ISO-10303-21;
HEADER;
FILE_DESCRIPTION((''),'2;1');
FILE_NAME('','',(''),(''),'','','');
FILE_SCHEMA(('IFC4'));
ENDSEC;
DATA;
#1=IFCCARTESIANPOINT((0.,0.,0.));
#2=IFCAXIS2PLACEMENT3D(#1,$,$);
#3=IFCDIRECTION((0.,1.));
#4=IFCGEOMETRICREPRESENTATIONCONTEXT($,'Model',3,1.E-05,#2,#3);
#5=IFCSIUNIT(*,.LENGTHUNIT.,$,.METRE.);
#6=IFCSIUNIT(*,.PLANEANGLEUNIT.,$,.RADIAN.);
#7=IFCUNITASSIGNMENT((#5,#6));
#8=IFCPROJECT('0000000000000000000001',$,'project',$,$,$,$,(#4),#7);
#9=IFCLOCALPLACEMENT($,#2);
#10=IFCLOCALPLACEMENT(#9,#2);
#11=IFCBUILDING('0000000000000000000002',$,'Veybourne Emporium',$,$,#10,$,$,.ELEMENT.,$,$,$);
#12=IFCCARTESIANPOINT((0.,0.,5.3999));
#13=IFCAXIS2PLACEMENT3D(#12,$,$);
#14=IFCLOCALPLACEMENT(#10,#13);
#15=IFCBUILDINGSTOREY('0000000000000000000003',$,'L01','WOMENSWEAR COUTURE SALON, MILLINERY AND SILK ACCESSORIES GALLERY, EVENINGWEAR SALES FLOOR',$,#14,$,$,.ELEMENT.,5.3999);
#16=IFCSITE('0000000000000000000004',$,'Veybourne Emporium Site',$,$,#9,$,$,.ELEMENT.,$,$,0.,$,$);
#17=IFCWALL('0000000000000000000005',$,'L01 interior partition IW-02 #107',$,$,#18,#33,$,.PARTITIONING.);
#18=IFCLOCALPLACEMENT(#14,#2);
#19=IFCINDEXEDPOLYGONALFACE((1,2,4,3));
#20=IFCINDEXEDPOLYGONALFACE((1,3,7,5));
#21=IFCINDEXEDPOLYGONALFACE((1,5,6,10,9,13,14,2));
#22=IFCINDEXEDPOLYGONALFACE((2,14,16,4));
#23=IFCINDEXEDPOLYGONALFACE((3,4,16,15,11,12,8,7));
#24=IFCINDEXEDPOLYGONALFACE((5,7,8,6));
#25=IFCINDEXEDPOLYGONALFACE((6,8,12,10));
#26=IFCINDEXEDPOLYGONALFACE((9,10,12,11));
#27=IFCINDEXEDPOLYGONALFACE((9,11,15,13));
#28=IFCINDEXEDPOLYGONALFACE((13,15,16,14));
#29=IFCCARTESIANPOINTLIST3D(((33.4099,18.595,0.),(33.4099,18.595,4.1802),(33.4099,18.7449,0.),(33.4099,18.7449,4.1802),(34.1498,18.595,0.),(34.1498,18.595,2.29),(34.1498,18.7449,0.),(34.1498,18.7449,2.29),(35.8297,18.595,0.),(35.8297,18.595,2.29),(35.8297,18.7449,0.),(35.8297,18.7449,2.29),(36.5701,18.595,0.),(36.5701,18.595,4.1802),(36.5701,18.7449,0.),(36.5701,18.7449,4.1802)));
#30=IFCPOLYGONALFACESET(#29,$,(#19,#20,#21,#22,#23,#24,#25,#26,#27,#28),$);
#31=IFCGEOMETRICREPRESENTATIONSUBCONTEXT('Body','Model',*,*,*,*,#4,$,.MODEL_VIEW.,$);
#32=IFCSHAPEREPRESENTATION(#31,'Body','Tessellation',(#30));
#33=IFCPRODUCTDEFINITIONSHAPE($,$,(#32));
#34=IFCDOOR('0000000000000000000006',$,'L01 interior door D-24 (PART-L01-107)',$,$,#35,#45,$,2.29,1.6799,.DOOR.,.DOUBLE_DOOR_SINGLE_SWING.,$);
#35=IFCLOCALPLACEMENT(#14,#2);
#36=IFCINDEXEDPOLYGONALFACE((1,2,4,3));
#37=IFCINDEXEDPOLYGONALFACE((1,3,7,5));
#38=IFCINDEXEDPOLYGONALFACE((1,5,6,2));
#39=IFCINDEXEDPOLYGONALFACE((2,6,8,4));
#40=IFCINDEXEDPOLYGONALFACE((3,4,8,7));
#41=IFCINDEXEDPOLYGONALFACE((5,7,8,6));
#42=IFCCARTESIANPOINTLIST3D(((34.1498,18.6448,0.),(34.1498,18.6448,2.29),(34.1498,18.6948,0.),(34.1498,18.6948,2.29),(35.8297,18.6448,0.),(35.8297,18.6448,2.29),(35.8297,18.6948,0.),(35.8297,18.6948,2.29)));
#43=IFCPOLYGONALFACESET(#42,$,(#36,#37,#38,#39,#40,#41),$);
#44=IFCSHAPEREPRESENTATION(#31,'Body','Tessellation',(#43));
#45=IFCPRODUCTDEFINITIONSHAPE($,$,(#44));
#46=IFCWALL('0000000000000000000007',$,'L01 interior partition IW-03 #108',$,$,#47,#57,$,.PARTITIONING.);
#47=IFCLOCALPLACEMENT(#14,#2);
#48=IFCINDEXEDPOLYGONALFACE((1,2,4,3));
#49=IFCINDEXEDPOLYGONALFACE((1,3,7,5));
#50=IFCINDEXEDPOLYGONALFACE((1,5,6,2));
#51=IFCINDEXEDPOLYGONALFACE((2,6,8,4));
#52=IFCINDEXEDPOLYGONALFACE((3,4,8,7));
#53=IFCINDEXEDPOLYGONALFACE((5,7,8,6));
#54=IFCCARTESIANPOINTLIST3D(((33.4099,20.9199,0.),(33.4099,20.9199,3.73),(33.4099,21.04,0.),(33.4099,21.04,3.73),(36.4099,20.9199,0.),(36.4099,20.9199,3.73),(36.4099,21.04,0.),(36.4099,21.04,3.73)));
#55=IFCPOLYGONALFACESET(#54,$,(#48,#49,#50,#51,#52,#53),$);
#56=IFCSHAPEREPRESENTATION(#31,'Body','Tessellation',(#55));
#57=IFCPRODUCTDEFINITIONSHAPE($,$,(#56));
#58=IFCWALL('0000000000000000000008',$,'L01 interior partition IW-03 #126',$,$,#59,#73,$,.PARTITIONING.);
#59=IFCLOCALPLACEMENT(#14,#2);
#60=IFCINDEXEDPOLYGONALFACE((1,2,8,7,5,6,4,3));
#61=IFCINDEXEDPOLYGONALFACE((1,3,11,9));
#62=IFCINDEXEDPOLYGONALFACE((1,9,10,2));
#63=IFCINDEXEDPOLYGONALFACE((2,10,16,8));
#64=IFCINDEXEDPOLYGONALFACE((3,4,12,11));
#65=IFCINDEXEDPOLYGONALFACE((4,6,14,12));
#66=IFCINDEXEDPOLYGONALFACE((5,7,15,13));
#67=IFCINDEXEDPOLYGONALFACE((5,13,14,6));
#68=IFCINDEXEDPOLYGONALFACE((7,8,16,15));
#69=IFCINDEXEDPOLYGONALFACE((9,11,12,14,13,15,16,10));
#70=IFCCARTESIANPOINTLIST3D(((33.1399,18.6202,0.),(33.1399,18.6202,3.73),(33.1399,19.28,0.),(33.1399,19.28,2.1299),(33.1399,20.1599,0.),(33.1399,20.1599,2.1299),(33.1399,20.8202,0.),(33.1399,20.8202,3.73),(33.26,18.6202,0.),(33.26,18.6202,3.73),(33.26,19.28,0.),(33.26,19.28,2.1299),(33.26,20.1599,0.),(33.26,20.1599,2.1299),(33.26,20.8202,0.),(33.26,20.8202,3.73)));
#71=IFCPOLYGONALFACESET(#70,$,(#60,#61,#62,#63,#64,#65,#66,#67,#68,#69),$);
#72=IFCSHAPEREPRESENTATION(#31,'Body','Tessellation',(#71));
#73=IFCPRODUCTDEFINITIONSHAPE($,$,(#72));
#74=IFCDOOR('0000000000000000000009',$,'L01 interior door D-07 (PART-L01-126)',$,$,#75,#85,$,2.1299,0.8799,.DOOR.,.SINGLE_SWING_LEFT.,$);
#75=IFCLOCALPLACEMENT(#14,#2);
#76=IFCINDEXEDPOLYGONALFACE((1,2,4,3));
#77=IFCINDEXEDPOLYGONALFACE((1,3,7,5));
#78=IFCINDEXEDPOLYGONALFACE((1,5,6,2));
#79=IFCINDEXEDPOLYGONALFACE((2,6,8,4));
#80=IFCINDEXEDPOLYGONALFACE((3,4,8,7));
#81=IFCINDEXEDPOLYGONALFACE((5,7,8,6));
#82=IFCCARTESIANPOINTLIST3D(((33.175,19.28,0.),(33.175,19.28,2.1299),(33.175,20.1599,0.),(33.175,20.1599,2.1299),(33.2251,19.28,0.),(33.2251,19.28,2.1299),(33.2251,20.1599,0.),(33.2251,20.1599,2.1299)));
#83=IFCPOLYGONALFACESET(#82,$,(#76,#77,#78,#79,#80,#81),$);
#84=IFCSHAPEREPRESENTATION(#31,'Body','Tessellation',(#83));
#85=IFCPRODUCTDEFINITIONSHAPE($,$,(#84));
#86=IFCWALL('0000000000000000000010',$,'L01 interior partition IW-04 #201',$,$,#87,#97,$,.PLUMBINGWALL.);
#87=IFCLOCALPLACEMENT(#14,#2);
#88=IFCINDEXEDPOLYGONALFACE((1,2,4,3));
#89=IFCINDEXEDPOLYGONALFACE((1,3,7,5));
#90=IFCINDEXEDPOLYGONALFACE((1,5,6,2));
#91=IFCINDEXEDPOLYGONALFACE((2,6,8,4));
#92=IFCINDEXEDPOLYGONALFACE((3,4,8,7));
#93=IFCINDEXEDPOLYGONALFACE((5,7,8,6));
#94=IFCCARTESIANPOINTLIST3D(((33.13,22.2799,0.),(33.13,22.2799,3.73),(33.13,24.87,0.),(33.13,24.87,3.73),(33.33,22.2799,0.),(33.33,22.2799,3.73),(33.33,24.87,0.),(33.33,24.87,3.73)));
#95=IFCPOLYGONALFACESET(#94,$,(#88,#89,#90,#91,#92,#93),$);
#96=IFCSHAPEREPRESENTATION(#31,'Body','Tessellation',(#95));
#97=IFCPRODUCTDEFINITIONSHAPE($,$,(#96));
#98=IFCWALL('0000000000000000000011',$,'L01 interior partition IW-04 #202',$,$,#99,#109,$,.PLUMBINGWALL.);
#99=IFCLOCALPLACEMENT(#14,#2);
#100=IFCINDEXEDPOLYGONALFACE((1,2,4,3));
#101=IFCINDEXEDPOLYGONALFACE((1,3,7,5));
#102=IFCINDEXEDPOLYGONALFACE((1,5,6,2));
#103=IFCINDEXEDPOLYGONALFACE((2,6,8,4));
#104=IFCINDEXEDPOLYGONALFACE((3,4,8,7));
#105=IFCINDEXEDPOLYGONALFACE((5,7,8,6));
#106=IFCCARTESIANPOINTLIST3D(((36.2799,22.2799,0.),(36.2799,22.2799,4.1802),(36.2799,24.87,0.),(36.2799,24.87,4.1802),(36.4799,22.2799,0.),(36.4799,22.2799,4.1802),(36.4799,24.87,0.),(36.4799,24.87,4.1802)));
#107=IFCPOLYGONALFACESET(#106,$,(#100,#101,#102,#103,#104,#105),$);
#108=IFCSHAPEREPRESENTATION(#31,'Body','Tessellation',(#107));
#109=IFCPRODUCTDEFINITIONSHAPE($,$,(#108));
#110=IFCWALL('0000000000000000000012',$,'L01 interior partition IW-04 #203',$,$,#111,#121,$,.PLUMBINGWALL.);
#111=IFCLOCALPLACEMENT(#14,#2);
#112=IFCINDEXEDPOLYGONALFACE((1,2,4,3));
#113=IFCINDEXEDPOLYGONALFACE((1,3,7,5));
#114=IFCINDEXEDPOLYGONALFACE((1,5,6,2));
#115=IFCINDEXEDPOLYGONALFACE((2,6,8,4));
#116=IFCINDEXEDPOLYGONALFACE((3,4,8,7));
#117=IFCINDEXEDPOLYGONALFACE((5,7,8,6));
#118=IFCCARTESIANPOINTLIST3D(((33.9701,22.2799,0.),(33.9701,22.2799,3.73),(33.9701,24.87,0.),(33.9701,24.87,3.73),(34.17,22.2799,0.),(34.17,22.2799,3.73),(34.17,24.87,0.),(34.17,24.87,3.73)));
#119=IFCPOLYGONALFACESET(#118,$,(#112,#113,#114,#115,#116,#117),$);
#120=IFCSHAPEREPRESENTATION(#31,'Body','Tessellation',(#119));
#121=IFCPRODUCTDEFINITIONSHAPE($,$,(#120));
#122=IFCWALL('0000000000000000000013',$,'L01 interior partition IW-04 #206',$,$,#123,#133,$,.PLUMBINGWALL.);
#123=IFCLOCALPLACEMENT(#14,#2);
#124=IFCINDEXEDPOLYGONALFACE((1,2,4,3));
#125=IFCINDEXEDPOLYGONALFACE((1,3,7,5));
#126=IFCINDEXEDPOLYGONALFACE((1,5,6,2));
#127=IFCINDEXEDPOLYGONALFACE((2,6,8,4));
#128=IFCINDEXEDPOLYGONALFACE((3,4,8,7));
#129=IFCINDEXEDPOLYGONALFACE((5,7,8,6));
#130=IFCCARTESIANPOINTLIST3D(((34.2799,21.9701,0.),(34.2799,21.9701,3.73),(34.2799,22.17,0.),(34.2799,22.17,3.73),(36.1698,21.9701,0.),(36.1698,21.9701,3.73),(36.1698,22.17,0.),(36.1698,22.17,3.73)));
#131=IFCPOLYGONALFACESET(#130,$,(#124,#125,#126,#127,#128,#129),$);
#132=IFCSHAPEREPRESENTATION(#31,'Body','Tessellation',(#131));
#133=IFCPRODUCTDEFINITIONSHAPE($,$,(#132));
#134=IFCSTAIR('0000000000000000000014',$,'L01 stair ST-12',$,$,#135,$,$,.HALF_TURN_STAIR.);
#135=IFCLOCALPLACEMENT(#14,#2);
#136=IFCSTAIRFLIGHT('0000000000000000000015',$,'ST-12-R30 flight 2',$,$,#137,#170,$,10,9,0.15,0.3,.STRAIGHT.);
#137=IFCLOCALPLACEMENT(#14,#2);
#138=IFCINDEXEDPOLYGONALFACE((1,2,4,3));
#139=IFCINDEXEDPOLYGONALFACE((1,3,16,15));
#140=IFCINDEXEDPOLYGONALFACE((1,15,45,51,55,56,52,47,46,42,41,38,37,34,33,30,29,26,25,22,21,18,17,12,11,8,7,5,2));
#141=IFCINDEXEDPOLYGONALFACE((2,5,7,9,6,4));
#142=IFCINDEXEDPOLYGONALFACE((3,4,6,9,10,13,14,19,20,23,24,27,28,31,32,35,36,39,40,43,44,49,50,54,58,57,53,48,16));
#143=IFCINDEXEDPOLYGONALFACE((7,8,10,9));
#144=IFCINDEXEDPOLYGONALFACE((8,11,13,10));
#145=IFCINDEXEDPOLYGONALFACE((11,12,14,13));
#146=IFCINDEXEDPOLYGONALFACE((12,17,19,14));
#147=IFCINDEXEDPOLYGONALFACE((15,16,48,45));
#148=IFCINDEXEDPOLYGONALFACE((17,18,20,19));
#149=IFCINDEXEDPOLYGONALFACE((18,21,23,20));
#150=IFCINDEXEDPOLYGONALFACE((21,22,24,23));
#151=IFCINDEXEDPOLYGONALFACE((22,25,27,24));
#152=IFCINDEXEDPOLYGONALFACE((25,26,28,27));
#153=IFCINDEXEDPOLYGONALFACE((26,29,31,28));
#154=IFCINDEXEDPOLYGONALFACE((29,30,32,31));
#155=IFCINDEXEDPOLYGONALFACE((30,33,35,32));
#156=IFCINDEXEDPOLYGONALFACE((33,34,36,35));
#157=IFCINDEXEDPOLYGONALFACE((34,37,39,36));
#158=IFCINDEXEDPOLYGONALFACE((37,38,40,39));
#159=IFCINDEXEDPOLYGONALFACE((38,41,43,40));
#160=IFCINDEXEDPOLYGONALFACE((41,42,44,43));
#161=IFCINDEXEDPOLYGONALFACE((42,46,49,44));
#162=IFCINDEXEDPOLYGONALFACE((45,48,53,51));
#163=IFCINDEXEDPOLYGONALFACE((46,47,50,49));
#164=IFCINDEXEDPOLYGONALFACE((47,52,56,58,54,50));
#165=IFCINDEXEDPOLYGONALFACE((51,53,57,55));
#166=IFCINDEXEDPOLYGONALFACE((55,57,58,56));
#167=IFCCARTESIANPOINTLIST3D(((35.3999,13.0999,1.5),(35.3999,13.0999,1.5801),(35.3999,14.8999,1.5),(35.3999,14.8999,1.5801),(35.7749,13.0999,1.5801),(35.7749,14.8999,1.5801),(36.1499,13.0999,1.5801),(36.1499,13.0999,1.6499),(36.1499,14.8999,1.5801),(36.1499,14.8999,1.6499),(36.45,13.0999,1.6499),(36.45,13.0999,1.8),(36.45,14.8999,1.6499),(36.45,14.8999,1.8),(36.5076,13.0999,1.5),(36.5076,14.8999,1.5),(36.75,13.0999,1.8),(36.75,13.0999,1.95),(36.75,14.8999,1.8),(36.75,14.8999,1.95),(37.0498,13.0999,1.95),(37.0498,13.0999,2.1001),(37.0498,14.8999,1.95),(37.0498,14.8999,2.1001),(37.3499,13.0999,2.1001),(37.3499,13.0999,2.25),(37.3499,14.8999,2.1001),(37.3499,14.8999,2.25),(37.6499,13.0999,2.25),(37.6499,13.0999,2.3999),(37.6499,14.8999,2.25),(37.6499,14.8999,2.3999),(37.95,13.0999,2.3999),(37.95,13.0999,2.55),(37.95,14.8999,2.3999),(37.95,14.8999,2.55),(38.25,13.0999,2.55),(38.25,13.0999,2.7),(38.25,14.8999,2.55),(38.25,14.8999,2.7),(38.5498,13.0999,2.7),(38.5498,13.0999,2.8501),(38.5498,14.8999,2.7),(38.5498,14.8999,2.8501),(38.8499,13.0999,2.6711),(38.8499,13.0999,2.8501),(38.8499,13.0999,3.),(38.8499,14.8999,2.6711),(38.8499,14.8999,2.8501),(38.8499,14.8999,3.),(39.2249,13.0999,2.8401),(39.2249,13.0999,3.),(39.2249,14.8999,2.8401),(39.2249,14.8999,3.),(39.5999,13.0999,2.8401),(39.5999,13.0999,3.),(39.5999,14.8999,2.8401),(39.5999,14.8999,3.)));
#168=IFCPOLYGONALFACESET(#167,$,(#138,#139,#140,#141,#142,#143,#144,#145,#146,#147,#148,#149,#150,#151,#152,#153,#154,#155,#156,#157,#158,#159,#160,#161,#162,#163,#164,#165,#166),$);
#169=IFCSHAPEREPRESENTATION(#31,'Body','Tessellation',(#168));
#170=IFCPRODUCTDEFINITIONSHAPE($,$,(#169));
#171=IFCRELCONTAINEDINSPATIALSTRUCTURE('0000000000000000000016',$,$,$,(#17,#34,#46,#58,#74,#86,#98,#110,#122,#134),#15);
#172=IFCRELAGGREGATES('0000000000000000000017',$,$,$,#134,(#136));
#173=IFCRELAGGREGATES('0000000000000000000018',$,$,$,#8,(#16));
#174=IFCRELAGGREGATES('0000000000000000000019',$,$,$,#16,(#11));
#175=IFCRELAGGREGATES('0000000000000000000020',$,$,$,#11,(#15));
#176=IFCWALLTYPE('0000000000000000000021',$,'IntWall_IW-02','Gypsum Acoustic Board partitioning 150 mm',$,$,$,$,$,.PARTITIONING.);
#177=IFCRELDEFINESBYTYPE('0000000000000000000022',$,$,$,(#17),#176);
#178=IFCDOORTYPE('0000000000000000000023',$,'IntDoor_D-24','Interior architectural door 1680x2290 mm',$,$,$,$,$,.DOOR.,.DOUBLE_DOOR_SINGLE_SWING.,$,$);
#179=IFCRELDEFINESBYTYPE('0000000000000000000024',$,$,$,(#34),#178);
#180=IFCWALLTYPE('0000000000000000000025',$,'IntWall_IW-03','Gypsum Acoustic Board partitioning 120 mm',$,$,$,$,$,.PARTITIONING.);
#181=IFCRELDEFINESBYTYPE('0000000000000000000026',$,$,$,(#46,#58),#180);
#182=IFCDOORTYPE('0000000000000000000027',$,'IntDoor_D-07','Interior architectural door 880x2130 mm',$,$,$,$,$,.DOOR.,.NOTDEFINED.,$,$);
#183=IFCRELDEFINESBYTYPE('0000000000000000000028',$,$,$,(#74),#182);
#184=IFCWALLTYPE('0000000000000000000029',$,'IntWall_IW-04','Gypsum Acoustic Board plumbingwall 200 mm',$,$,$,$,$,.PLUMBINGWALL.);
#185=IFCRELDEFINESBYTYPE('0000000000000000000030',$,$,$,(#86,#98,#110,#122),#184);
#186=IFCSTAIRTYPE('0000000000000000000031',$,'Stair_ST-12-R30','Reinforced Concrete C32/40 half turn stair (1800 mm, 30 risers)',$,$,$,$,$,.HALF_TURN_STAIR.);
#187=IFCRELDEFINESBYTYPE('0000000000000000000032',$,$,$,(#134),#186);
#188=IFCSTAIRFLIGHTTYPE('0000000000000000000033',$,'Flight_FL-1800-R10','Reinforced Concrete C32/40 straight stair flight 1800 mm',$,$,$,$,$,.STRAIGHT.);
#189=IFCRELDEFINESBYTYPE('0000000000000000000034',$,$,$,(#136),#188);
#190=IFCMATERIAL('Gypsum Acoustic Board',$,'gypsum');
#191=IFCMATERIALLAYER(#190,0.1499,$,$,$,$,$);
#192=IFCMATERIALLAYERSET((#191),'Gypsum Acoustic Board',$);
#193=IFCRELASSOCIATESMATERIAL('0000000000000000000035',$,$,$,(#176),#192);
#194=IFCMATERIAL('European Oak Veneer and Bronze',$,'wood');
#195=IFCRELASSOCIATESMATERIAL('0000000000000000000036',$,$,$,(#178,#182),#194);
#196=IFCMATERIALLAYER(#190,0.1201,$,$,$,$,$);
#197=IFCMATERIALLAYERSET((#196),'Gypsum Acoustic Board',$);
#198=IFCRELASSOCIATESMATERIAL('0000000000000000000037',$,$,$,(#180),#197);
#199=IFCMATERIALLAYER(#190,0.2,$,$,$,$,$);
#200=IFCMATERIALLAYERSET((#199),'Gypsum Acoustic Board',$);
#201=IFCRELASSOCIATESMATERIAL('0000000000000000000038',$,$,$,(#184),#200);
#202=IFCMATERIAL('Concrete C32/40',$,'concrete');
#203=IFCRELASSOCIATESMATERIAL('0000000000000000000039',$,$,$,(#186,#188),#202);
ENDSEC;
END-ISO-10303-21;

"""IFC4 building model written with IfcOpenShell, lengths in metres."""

from ifc_helpers import new_model, si_unit, direction, frame, frame_2d, origin, place, context, subcontext, project, spatial, polyline, rectangle, outline, extrude, material, layer, layer_set, type_object, element, fill, aggregate, save


model = new_model("IFC4")

# Units and contexts
model_context = context("Model", 3, precision=1e-05, world=origin(), true_north=direction((0.0, 1.0)))
body_context = subcontext(model_context, "Body", "Model", "MODEL_VIEW")
ifc_project = project(units=[si_unit("LENGTHUNIT", "METRE"), si_unit("PLANEANGLEUNIT", "RADIAN")], contexts=[model_context])

# Site, building, storey
site_placement = place(None, origin())
site = spatial("IfcSite", under=ifc_project, at=site_placement, Name="Veybourne Emporium Site", CompositionType="ELEMENT", RefElevation=0.0)
building_placement = place(site_placement, origin())
building = spatial("IfcBuilding", under=site, at=building_placement, Name="Veybourne Emporium", CompositionType="ELEMENT")
storey_placement = place(building_placement, frame((0.0, 0.0, 5.3999)))
storey = spatial("IfcBuildingStorey", under=building, at=storey_placement, Name="L01", Description="WOMENSWEAR COUTURE SALON, MILLINERY AND SILK ACCESSORIES GALLERY, EVENINGWEAR SALES FLOOR", CompositionType="ELEMENT", Elevation=5.3999)

# Shared definitions
ifc_material_1 = material(Name="Concrete C32/40", Category="concrete")

# Shared definitions
ifc_material_2 = material(Name="Gypsum Acoustic Board", Category="gypsum")

# Wall, opening, door
ifc_layer_1 = layer(ifc_material_2, 0.1499)
ifc_layer_set_1 = layer_set([ifc_layer_1], Name="Gypsum Acoustic Board")
wall_type_1 = type_object("IfcWallType", Name="IntWall_IW-02", Description="Gypsum Acoustic Board partitioning 150 mm", PredefinedType="PARTITIONING", material=ifc_layer_set_1)
ifc_material_3 = material(Name="European Oak Veneer and Bronze", Category="wood")
wall_1_placement = place(storey_placement, frame((33.4099, 18.6699, 0.0), z_axis=(0.0, 0.0, 1.0), x_axis=(1.0, 0.0, 0.0)))
wall_1 = element("IfcWall", 1, at=wall_1_placement, inside=storey, type_object=wall_type_1, Name="L01 interior partition IW-02 #107", PredefinedType="PARTITIONING", context=body_context, shape_type="SweptSolid", body=[
    extrude(rectangle(XDim=3.1602, YDim=0.1499, at=frame_2d((1.5801, 0.0))), origin(), (0.0, 0.0, 1.0), 4.1802),
])
opening_1_placement = place(wall_1_placement, frame((0.74, 0.0, 0.0)))
opening_1 = element("IfcOpeningElement", 2, at=opening_1_placement, cuts=wall_1, PredefinedType="OPENING", context=body_context, shape_type="SweptSolid", body=[
    extrude(rectangle(XDim=1.6799, YDim=2.29, at=frame_2d((0.8398, 1.145))), frame((0.0, 0.095, 0.0), z_axis=(0.0, -1.0, 0.0), x_axis=(1.0, 0.0, 0.0)), (0.0, 0.0, 1.0), 0.1899),
])
door_type_1 = type_object("IfcDoorType", Name="IntDoor_D-24", Description="Interior architectural door 1680x2290 mm", OperationType="DOUBLE_DOOR_SINGLE_SWING", PredefinedType="DOOR", material=ifc_material_3)
door_1_placement = place(opening_1_placement, origin())
door_1 = element("IfcDoor", 3, at=door_1_placement, inside=storey, type_object=door_type_1, Name="L01 interior door D-24 (PART-L01-107)", OperationType="DOUBLE_DOOR_SINGLE_SWING", OverallHeight=2.29, OverallWidth=1.6799, PredefinedType="DOOR", context=body_context, shape_type="SweptSolid", body=[
    extrude(rectangle(XDim=1.6799, YDim=2.29, at=frame_2d((0.8398, 1.145))), frame((0.0, 0.0249, 0.0), z_axis=(0.0, -1.0, 0.0), x_axis=(1.0, 0.0, 0.0)), (0.0, 0.0, 1.0), 0.05),
])
fill(opening_1, door_1)

# Wall
ifc_layer_2 = layer(ifc_material_2, 0.1201)
ifc_layer_set_2 = layer_set([ifc_layer_2], Name="Gypsum Acoustic Board")
wall_type_2 = type_object("IfcWallType", Name="IntWall_IW-03", Description="Gypsum Acoustic Board partitioning 120 mm", PredefinedType="PARTITIONING", material=ifc_layer_set_2)
wall_2_placement = place(storey_placement, frame((33.4099, 20.98, 0.0), z_axis=(0.0, 0.0, 1.0), x_axis=(1.0, 0.0, 0.0)))
element("IfcWall", 4, at=wall_2_placement, inside=storey, type_object=wall_type_2, Name="L01 interior partition IW-03 #108", PredefinedType="PARTITIONING", context=body_context, shape_type="SweptSolid", body=[
    extrude(rectangle(XDim=3.0, YDim=0.1201, at=frame_2d((1.5, 0.0))), origin(), (0.0, 0.0, 1.0), 3.73),
])

# Wall, opening, door
wall_3_placement = place(storey_placement, frame((33.2, 18.6201, 0.0), z_axis=(0.0, 0.0, 1.0), x_axis=(0.0, 1.0, 0.0)))
wall_3 = element("IfcWall", 5, at=wall_3_placement, inside=storey, type_object=wall_type_2, Name="L01 interior partition IW-03 #126", PredefinedType="PARTITIONING", context=body_context, shape_type="SweptSolid", body=[
    extrude(rectangle(XDim=2.2, YDim=0.1201, at=frame_2d((1.1001, 0.0))), origin(), (0.0, 0.0, 1.0), 3.73),
])
opening_2_placement = place(wall_3_placement, frame((0.6599, 0.0, 0.0)))
opening_2 = element("IfcOpeningElement", 6, at=opening_2_placement, cuts=wall_3, PredefinedType="OPENING", context=body_context, shape_type="SweptSolid", body=[
    extrude(rectangle(XDim=0.8799, YDim=2.1299, at=frame_2d((0.4399, 1.0649))), frame((0.0, 0.0801, 0.0), z_axis=(0.0, -1.0, 0.0), x_axis=(1.0, 0.0, 0.0)), (0.0, 0.0, 1.0), 0.1602),
])
door_type_2 = type_object("IfcDoorType", Name="IntDoor_D-07", Description="Interior architectural door 880x2130 mm", OperationType="NOTDEFINED", PredefinedType="DOOR", material=ifc_material_3)
door_2_placement = place(opening_2_placement, origin())
door_2 = element("IfcDoor", 7, at=door_2_placement, inside=storey, type_object=door_type_2, Name="L01 interior door D-07 (PART-L01-126)", OperationType="SINGLE_SWING_LEFT", OverallHeight=2.1299, OverallWidth=0.8799, PredefinedType="DOOR", context=body_context, shape_type="SweptSolid", body=[
    extrude(rectangle(XDim=0.8799, YDim=2.1299, at=frame_2d((0.4399, 1.0649))), frame((0.0, 0.0249, 0.0), z_axis=(0.0, -1.0, 0.0), x_axis=(1.0, 0.0, 0.0)), (0.0, 0.0, 1.0), 0.05),
])
fill(opening_2, door_2)

# Walls
ifc_layer_3 = layer(ifc_material_2, 0.2)
ifc_layer_set_3 = layer_set([ifc_layer_3], Name="Gypsum Acoustic Board")
wall_type_3 = type_object("IfcWallType", Name="IntWall_IW-04", Description="Gypsum Acoustic Board plumbingwall 200 mm", PredefinedType="PLUMBINGWALL", material=ifc_layer_set_3)
wall_4_placement = place(storey_placement, frame((33.23, 22.28, 0.0), z_axis=(0.0, 0.0, 1.0), x_axis=(0.0, 1.0, 0.0)))
element("IfcWall", 8, at=wall_4_placement, inside=storey, type_object=wall_type_3, Name="L01 interior partition IW-04 #201", PredefinedType="PLUMBINGWALL", context=body_context, shape_type="SweptSolid", body=[
    extrude(rectangle(XDim=2.5901, YDim=0.2, at=frame_2d((1.2949, 0.0))), origin(), (0.0, 0.0, 1.0), 3.73),
])
wall_5_placement = place(storey_placement, frame((36.3799, 22.28, 0.0), z_axis=(0.0, 0.0, 1.0), x_axis=(0.0, 1.0, 0.0)))
element("IfcWall", 9, at=wall_5_placement, inside=storey, type_object=wall_type_3, Name="L01 interior partition IW-04 #202", PredefinedType="PLUMBINGWALL", context=body_context, shape_type="SweptSolid", body=[
    extrude(rectangle(XDim=2.5901, YDim=0.2, at=frame_2d((1.2949, 0.0))), origin(), (0.0, 0.0, 1.0), 4.1802),
])
wall_6_placement = place(storey_placement, frame((34.0701, 22.28, 0.0), z_axis=(0.0, 0.0, 1.0), x_axis=(0.0, 1.0, 0.0)))
element("IfcWall", 10, at=wall_6_placement, inside=storey, type_object=wall_type_3, Name="L01 interior partition IW-04 #203", PredefinedType="PLUMBINGWALL", context=body_context, shape_type="SweptSolid", body=[
    extrude(rectangle(XDim=2.5901, YDim=0.2, at=frame_2d((1.2949, 0.0))), origin(), (0.0, 0.0, 1.0), 3.73),
])
wall_7_placement = place(storey_placement, frame((34.28, 22.0701, 0.0), z_axis=(0.0, 0.0, 1.0), x_axis=(1.0, 0.0, 0.0)))
element("IfcWall", 11, at=wall_7_placement, inside=storey, type_object=wall_type_3, Name="L01 interior partition IW-04 #206", PredefinedType="PLUMBINGWALL", context=body_context, shape_type="SweptSolid", body=[
    extrude(rectangle(XDim=1.8899, YDim=0.2, at=frame_2d((0.9448, 0.0))), origin(), (0.0, 0.0, 1.0), 3.73),
])

# Stair, stair flight
stair_type = type_object("IfcStairType", Name="Stair_ST-12-R30", Description="Reinforced Concrete C32/40 half turn stair (1800 mm, 30 risers)", PredefinedType="HALF_TURN_STAIR", material=ifc_material_1)
stair_placement = place(storey_placement, origin())
stair = element("IfcStair", 12, at=stair_placement, inside=storey, type_object=stair_type, Name="L01 stair ST-12", PredefinedType="HALF_TURN_STAIR")
stair_flight_type = type_object("IfcStairFlightType", Name="Flight_FL-1800-R10", Description="Reinforced Concrete C32/40 straight stair flight 1800 mm", PredefinedType="STRAIGHT", material=ifc_material_1)
stair_flight_placement = place(storey_placement, frame((36.1499, 14.0, 1.5), z_axis=(0.0, 0.0, 1.0), x_axis=(1.0, 0.0, 0.0)))
stair_flight = element("IfcStairFlight", 13, at=stair_flight_placement, type_object=stair_flight_type, Name="ST-12-R30 flight 2", NumberOfRisers=10, NumberOfTreads=9, PredefinedType="STRAIGHT", RiserHeight=0.15, TreadLength=0.3, context=body_context, shape_type="SweptSolid", body=[
    extrude(outline(polyline([(-0.75, 0.0), (-0.75, 0.0801), (-0.375, 0.0801), (0.0, 0.0801), (0.0, 0.1499), (0.3, 0.1499), (0.3, 0.3), (0.6001, 0.3), (0.6001, 0.45), (0.8999, 0.45), (0.8999, 0.6001), (1.2, 0.6001), (1.2, 0.75), (1.5, 0.75), (1.5, 0.8999), (1.8, 0.8999), (1.8, 1.05), (2.1001, 1.05), (2.1001, 1.2), (2.3999, 1.2), (2.3999, 1.3501), (2.7, 1.3501), (2.7, 1.5), (3.075, 1.5), (3.45, 1.5), (3.45, 1.3401), (3.075, 1.3401), (2.7, 1.1711), (0.3577, 0.0), (-0.75, 0.0)])), frame((0.0, 0.8999, 0.0), z_axis=(0.0, -1.0, 0.0), x_axis=(1.0, 0.0, 0.0)), (0.0, 0.0, 1.0), 1.8),
])
aggregate(stair, [stair_flight])

save(model, "model.ifc")
